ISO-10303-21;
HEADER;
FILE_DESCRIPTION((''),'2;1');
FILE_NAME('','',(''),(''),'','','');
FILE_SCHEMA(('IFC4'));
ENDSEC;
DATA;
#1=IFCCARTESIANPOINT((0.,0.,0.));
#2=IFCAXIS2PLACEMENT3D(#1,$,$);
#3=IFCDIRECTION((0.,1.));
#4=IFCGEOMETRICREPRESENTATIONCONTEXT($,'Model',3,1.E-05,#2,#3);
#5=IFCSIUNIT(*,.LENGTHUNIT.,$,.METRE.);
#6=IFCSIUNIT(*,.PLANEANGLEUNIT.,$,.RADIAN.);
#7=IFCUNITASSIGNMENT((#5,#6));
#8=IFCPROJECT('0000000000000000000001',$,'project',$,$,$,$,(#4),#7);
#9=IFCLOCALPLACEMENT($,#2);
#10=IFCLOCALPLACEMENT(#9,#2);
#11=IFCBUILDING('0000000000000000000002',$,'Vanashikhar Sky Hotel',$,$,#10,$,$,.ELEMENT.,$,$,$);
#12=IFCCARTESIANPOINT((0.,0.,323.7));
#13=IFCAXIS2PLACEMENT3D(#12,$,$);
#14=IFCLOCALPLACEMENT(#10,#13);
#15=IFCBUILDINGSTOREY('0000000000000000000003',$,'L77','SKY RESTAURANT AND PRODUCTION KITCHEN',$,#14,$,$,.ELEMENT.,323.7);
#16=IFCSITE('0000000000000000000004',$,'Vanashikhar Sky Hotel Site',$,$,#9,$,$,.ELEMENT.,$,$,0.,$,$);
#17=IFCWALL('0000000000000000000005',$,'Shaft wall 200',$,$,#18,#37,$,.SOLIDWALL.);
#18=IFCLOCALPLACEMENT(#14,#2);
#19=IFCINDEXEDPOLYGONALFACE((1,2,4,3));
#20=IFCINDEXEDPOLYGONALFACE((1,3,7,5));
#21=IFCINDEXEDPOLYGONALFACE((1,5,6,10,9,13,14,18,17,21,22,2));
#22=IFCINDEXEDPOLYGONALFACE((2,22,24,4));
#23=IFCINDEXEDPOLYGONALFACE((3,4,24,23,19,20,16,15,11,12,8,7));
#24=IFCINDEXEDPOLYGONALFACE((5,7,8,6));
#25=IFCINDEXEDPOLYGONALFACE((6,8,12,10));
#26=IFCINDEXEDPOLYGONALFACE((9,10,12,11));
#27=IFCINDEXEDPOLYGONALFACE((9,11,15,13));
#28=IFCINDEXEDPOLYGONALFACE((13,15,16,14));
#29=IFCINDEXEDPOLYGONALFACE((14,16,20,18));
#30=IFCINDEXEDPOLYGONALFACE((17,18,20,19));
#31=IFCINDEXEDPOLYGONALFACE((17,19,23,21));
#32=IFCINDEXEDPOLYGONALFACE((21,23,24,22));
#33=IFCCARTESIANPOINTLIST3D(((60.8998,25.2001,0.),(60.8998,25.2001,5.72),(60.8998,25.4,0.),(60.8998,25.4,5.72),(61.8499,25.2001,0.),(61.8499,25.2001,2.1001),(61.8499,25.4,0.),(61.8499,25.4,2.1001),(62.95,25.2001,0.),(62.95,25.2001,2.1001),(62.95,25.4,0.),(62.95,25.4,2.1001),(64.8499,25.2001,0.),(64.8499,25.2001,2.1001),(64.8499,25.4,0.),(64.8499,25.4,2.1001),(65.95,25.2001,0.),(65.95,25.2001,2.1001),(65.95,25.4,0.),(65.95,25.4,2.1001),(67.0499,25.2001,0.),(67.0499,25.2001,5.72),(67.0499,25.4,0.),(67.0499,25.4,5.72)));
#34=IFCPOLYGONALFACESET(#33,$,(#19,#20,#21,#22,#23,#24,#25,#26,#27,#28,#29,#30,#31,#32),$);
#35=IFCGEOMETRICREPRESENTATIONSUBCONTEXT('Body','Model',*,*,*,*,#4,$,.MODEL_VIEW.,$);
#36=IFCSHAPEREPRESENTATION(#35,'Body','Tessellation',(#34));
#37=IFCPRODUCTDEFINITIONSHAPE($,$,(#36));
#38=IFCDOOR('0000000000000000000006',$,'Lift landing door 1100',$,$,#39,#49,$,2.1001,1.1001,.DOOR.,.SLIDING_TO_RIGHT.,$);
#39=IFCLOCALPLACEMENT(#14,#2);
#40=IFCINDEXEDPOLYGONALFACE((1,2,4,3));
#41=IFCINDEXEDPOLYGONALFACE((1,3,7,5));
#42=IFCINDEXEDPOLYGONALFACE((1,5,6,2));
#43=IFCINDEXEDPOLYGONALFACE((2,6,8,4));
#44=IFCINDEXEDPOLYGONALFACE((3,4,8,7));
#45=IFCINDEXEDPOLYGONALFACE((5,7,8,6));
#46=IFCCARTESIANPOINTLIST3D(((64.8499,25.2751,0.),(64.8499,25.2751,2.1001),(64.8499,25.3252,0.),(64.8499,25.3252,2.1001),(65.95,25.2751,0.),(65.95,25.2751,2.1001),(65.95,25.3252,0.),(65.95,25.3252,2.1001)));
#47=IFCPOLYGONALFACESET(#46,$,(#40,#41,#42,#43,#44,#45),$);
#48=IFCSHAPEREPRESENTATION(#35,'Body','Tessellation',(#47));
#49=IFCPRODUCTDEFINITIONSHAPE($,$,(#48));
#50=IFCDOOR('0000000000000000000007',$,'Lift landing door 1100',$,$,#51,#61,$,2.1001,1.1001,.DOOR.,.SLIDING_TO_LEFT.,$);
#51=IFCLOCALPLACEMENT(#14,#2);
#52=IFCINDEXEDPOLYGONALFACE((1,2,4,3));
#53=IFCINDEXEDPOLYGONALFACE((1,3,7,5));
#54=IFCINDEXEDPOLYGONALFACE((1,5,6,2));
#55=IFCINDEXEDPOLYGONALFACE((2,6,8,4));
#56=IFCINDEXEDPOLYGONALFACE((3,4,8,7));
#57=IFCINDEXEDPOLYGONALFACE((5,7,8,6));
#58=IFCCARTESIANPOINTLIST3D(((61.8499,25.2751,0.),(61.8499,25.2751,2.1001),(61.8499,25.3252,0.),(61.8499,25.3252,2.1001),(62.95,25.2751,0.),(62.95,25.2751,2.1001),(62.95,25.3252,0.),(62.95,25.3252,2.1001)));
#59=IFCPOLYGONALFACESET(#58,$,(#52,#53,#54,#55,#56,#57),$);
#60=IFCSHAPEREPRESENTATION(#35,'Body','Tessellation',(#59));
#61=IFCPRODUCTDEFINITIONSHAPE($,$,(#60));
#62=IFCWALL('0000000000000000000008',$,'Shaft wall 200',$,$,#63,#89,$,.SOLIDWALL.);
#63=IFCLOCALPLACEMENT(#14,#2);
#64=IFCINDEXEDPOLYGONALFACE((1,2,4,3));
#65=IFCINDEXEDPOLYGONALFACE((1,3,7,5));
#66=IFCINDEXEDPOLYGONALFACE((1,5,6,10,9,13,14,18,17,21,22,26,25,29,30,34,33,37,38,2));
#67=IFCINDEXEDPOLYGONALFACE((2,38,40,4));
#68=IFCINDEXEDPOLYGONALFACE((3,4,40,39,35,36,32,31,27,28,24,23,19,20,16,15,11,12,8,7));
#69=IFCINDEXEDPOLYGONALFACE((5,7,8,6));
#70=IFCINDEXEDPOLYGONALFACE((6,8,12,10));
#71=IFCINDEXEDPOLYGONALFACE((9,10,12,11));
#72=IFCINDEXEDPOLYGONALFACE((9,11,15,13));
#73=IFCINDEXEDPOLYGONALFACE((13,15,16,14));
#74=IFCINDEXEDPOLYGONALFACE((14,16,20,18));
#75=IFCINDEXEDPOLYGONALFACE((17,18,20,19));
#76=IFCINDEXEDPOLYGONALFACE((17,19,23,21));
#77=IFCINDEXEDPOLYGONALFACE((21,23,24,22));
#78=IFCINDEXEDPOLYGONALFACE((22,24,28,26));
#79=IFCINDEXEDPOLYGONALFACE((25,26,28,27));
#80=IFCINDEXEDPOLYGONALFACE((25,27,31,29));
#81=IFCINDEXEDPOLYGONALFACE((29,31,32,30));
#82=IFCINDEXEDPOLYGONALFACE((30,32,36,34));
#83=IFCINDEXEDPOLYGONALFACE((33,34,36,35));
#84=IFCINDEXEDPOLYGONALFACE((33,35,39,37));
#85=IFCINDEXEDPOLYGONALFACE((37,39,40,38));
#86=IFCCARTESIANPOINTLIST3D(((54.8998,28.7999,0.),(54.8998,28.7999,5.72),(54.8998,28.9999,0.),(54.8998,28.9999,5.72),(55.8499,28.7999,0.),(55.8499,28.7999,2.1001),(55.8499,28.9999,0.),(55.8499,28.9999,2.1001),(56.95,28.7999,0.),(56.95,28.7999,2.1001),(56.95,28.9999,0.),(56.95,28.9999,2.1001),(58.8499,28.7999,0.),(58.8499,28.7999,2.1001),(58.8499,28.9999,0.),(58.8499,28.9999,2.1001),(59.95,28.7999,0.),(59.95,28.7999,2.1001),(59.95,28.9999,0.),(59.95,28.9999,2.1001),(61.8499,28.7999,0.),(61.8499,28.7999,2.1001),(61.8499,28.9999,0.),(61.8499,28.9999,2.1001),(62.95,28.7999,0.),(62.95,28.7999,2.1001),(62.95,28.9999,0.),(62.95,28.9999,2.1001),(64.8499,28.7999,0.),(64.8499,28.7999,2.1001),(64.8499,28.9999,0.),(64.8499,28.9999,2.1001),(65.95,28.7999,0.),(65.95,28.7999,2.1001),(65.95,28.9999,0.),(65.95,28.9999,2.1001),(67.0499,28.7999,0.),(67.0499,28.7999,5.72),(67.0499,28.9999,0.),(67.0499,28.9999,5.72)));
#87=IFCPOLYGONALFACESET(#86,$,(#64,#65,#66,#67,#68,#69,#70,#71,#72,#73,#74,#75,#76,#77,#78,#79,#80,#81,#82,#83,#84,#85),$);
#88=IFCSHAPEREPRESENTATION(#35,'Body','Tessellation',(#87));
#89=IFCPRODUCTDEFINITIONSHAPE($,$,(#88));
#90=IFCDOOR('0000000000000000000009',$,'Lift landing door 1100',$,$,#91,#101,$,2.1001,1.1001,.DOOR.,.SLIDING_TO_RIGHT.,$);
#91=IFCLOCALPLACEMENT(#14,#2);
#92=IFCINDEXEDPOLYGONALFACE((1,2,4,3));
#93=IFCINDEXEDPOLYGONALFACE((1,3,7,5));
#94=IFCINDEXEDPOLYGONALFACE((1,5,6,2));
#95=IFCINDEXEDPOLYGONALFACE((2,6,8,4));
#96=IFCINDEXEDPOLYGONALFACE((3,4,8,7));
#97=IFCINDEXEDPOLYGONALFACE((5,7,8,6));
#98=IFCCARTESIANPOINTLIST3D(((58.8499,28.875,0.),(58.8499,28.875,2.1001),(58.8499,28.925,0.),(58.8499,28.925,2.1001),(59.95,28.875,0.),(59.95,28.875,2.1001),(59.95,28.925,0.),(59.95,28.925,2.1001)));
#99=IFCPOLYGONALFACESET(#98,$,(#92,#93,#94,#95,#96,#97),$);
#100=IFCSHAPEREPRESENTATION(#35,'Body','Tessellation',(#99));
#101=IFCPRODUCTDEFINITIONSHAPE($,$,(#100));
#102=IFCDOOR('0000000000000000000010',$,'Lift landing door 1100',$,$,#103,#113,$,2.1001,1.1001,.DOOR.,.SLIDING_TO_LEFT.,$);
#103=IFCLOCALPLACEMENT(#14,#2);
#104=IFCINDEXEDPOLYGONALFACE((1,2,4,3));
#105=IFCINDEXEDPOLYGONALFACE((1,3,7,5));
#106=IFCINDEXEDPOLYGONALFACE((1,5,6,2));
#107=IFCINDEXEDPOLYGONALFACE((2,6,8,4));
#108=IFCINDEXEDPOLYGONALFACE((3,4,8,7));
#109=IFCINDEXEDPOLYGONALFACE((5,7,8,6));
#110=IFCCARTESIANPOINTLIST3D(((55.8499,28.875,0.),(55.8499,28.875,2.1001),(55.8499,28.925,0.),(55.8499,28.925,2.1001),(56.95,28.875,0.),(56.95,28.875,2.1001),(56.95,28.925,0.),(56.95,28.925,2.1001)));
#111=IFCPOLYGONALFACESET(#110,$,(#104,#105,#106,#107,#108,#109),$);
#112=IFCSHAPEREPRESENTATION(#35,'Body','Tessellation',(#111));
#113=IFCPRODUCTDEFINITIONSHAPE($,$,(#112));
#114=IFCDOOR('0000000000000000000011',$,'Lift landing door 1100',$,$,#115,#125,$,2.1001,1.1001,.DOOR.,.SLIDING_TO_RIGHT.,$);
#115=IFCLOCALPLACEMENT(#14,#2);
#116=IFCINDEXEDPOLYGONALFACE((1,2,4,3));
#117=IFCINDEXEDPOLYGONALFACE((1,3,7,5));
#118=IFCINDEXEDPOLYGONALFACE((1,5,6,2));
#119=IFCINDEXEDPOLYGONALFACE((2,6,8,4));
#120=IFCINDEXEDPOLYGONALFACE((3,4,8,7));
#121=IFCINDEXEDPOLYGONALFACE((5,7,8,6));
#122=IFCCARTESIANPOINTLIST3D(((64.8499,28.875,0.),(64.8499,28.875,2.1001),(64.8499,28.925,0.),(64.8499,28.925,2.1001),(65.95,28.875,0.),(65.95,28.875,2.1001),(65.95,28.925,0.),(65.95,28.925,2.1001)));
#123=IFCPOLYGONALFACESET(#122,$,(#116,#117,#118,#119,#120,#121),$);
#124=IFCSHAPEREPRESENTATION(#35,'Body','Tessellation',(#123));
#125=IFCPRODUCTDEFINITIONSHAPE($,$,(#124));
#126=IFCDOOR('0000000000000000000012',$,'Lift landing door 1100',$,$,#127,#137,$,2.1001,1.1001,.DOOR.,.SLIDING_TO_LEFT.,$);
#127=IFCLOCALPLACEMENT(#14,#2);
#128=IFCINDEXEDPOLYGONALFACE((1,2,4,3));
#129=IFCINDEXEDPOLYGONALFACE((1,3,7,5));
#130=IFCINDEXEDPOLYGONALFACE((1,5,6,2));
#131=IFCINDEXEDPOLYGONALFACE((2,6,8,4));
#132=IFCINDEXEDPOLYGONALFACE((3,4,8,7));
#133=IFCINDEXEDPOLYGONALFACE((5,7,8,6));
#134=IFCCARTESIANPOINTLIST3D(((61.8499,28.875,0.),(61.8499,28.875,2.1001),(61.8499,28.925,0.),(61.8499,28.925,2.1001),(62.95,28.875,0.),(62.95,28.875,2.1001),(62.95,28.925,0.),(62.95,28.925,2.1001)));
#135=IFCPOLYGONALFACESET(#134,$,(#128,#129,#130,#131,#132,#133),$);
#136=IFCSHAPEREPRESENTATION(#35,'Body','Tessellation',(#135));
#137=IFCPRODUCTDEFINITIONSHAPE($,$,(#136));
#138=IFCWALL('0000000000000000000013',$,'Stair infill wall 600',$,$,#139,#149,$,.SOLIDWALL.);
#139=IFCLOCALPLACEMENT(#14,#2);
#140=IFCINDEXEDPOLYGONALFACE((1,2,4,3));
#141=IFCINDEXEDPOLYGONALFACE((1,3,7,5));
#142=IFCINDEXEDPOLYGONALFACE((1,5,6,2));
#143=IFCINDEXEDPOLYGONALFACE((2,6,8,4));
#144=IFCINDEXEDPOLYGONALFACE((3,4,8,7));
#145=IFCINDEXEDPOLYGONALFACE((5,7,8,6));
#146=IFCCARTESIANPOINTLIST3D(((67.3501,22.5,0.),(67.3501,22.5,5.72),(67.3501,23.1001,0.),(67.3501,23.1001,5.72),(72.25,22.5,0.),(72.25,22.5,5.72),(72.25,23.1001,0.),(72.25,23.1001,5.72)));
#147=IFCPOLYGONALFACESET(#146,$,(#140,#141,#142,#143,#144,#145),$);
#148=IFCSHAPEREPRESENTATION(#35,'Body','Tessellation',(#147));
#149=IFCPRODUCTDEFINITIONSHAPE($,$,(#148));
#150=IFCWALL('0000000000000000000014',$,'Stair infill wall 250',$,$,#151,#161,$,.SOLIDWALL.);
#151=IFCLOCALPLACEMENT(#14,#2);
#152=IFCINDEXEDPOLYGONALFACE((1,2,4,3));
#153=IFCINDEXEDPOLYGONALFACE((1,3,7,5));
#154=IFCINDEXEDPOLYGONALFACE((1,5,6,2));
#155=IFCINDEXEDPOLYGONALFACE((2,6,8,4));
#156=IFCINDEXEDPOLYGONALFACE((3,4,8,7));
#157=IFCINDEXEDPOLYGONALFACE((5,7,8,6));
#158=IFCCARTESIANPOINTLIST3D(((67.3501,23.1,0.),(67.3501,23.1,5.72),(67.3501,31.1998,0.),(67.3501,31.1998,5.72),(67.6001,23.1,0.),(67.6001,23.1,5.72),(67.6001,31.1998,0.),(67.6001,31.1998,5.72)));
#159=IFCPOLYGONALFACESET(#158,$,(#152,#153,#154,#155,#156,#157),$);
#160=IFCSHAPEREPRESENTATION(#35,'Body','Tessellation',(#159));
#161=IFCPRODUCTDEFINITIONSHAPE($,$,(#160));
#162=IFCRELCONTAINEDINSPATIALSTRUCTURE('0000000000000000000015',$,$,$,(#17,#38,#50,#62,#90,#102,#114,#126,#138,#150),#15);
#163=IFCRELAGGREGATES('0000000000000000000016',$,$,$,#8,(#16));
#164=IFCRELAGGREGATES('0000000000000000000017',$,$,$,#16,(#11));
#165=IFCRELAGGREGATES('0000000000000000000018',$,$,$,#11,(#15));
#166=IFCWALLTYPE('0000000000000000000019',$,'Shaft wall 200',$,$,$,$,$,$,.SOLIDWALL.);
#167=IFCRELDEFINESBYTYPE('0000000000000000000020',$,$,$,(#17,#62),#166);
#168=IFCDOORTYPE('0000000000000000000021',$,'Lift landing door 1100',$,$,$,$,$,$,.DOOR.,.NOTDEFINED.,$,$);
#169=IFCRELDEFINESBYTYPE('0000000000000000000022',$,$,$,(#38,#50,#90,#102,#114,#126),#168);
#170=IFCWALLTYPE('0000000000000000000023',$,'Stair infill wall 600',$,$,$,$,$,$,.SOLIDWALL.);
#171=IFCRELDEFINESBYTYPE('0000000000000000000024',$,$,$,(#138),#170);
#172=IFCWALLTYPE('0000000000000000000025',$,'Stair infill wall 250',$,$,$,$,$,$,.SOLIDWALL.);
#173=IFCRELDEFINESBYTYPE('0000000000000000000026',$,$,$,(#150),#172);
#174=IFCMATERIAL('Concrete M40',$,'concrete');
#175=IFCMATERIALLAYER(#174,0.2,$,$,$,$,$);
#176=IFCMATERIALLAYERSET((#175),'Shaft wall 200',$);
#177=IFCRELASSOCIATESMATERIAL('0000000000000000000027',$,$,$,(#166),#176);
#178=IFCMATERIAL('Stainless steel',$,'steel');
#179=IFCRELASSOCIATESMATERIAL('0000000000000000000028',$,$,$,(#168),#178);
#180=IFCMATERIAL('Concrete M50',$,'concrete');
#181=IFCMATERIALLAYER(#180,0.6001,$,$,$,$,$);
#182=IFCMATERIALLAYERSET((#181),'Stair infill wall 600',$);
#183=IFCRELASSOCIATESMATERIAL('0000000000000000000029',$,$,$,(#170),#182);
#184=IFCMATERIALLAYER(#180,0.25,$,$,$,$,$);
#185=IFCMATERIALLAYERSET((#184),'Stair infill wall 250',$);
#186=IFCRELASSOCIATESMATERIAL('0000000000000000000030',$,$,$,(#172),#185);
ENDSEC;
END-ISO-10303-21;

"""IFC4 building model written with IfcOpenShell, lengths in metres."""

from ifc_helpers import new_model, si_unit, direction, frame, frame_2d, origin, place, context, subcontext, project, spatial, rectangle, extrude, source, transform, mapped, material, layer, layer_set, type_object, element, fill, save


model = new_model("IFC4")

# Units and contexts
model_context = context("Model", 3, precision=1e-05, world=origin(), true_north=direction((0.0, 1.0)))
body_context = subcontext(model_context, "Body", "Model", "MODEL_VIEW")
ifc_project = project(units=[si_unit("LENGTHUNIT", "METRE"), si_unit("PLANEANGLEUNIT", "RADIAN")], contexts=[model_context])

# Site, building, storey
site_placement = place(None, origin())
site = spatial("IfcSite", under=ifc_project, at=site_placement, Name="Vanashikhar Sky Hotel Site", CompositionType="ELEMENT", RefElevation=0.0)
building_placement = place(site_placement, origin())
building = spatial("IfcBuilding", under=site, at=building_placement, Name="Vanashikhar Sky Hotel", CompositionType="ELEMENT")
storey_placement = place(building_placement, frame((0.0, 0.0, 323.7)))
storey = spatial("IfcBuildingStorey", under=building, at=storey_placement, Name="L77", Description="SKY RESTAURANT AND PRODUCTION KITCHEN", CompositionType="ELEMENT", Elevation=323.7)

# Shared definitions
ifc_material_1 = material(Name="Concrete M50", Category="concrete")

# Shared definitions
shared_shape_1 = source(origin(), body_context, "Body", "SweptSolid", [
    extrude(rectangle(XDim=1.1001, YDim=2.1001, at=frame_2d((0.55, 1.05))), frame((0.0, 0.0249, 0.0), z_axis=(0.0, -1.0, 0.0), x_axis=(1.0, 0.0, 0.0)), (0.0, 0.0, 1.0), 0.05),
])

# Shared definitions
ifc_material_2 = material(Name="Concrete M40", Category="concrete")
ifc_layer_1 = layer(ifc_material_2, 0.2)
ifc_layer_set_1 = layer_set([ifc_layer_1], Name="Shaft wall 200")
wall_type_1 = type_object("IfcWallType", Name="Shaft wall 200", PredefinedType="SOLIDWALL", material=ifc_layer_set_1)
shared_shape_2 = source(origin(), body_context, "Body", "SweptSolid", [
    extrude(rectangle(XDim=1.1001, YDim=2.1001, at=frame_2d((0.55, 1.05))), frame((0.0, 0.1099, 0.0), z_axis=(0.0, -1.0, 0.0), x_axis=(1.0, 0.0, 0.0)), (0.0, 0.0, 1.0), 0.22),
])
ifc_material_3 = material(Name="Stainless steel", Category="steel")
door_type_1 = type_object("IfcDoorType", Name="Lift landing door 1100", OperationType="NOTDEFINED", PredefinedType="DOOR", material=ifc_material_3)

# Walls, openings, doors
shared_shape_3 = source(origin(), body_context, "Body", "SweptSolid", [
    extrude(rectangle(XDim=6.1501, YDim=0.2, at=frame_2d((3.0752, 0.0))), origin(), (0.0, 0.0, 1.0), 5.72),
])
wall_1_placement = place(storey_placement, frame((67.05, 25.3, 0.0), z_axis=(0.0, 0.0, 1.0), x_axis=(-1.0, 0.0, 0.0)))
wall_1 = element("IfcWall", 1, at=wall_1_placement, inside=storey, type_object=wall_type_1, Name="Shaft wall 200", PredefinedType="SOLIDWALL", context=body_context, shape_type="MappedRepresentation", body=[
    mapped(shared_shape_3, transform((0.0, 0.0, 0.0), scale=1.0)),
])
opening_1_placement = place(wall_1_placement, frame((1.1001, 0.0, 0.0)))
opening_1 = element("IfcOpeningElement", 2, at=opening_1_placement, cuts=wall_1, PredefinedType="OPENING", context=body_context, shape_type="MappedRepresentation", body=[
    mapped(shared_shape_2, transform((0.0, 0.0, 0.0), scale=1.0)),
])
opening_2_placement = place(wall_1_placement, frame((4.1001, 0.0, 0.0)))
opening_2 = element("IfcOpeningElement", 3, at=opening_2_placement, cuts=wall_1, PredefinedType="OPENING", context=body_context, shape_type="MappedRepresentation", body=[
    mapped(shared_shape_2, transform((0.0, 0.0, 0.0), scale=1.0)),
])
door_1_placement = place(opening_1_placement, origin())
door_1 = element("IfcDoor", 4, at=door_1_placement, inside=storey, type_object=door_type_1, Name="Lift landing door 1100", OperationType="SLIDING_TO_RIGHT", OverallHeight=2.1001, OverallWidth=1.1001, PredefinedType="DOOR", context=body_context, shape_type="MappedRepresentation", body=[
    mapped(shared_shape_1, transform((0.0, 0.0, 0.0), scale=1.0)),
])
fill(opening_1, door_1)
door_2_placement = place(opening_2_placement, origin())
door_2 = element("IfcDoor", 5, at=door_2_placement, inside=storey, type_object=door_type_1, Name="Lift landing door 1100", OperationType="SLIDING_TO_LEFT", OverallHeight=2.1001, OverallWidth=1.1001, PredefinedType="DOOR", context=body_context, shape_type="MappedRepresentation", body=[
    mapped(shared_shape_1, transform((0.0, 0.0, 0.0), scale=1.0)),
])
fill(opening_2, door_2)
shared_shape_4 = source(origin(), body_context, "Body", "SweptSolid", [
    extrude(rectangle(XDim=12.1501, YDim=0.2, at=frame_2d((6.0752, 0.0))), origin(), (0.0, 0.0, 1.0), 5.72),
])
wall_2_placement = place(storey_placement, frame((67.05, 28.8999, 0.0), z_axis=(0.0, 0.0, 1.0), x_axis=(-1.0, 0.0, 0.0)))
wall_2 = element("IfcWall", 6, at=wall_2_placement, inside=storey, type_object=wall_type_1, Name="Shaft wall 200", PredefinedType="SOLIDWALL", context=body_context, shape_type="MappedRepresentation", body=[
    mapped(shared_shape_4, transform((0.0, 0.0, 0.0), scale=1.0)),
])
opening_3_placement = place(wall_2_placement, frame((7.1001, 0.0, 0.0)))
opening_3 = element("IfcOpeningElement", 7, at=opening_3_placement, cuts=wall_2, PredefinedType="OPENING", context=body_context, shape_type="MappedRepresentation", body=[
    mapped(shared_shape_2, transform((0.0, 0.0, 0.0), scale=1.0)),
])
opening_4_placement = place(wall_2_placement, frame((10.1001, 0.0, 0.0)))
opening_4 = element("IfcOpeningElement", 8, at=opening_4_placement, cuts=wall_2, PredefinedType="OPENING", context=body_context, shape_type="MappedRepresentation", body=[
    mapped(shared_shape_2, transform((0.0, 0.0, 0.0), scale=1.0)),
])
opening_5_placement = place(wall_2_placement, frame((1.1001, 0.0, 0.0)))
opening_5 = element("IfcOpeningElement", 9, at=opening_5_placement, cuts=wall_2, PredefinedType="OPENING", context=body_context, shape_type="MappedRepresentation", body=[
    mapped(shared_shape_2, transform((0.0, 0.0, 0.0), scale=1.0)),
])
opening_6_placement = place(wall_2_placement, frame((4.1001, 0.0, 0.0)))
opening_6 = element("IfcOpeningElement", 10, at=opening_6_placement, cuts=wall_2, PredefinedType="OPENING", context=body_context, shape_type="MappedRepresentation", body=[
    mapped(shared_shape_2, transform((0.0, 0.0, 0.0), scale=1.0)),
])
door_3_placement = place(opening_3_placement, origin())
door_3 = element("IfcDoor", 11, at=door_3_placement, inside=storey, type_object=door_type_1, Name="Lift landing door 1100", OperationType="SLIDING_TO_RIGHT", OverallHeight=2.1001, OverallWidth=1.1001, PredefinedType="DOOR", context=body_context, shape_type="MappedRepresentation", body=[
    mapped(shared_shape_1, transform((0.0, 0.0, 0.0), scale=1.0)),
])
fill(opening_3, door_3)
door_4_placement = place(opening_4_placement, origin())
door_4 = element("IfcDoor", 12, at=door_4_placement, inside=storey, type_object=door_type_1, Name="Lift landing door 1100", OperationType="SLIDING_TO_LEFT", OverallHeight=2.1001, OverallWidth=1.1001, PredefinedType="DOOR", context=body_context, shape_type="MappedRepresentation", body=[
    mapped(shared_shape_1, transform((0.0, 0.0, 0.0), scale=1.0)),
])
fill(opening_4, door_4)
door_5_placement = place(opening_5_placement, origin())
door_5 = element("IfcDoor", 13, at=door_5_placement, inside=storey, type_object=door_type_1, Name="Lift landing door 1100", OperationType="SLIDING_TO_RIGHT", OverallHeight=2.1001, OverallWidth=1.1001, PredefinedType="DOOR", context=body_context, shape_type="MappedRepresentation", body=[
    mapped(shared_shape_1, transform((0.0, 0.0, 0.0), scale=1.0)),
])
fill(opening_5, door_5)
door_6_placement = place(opening_6_placement, origin())
door_6 = element("IfcDoor", 14, at=door_6_placement, inside=storey, type_object=door_type_1, Name="Lift landing door 1100", OperationType="SLIDING_TO_LEFT", OverallHeight=2.1001, OverallWidth=1.1001, PredefinedType="DOOR", context=body_context, shape_type="MappedRepresentation", body=[
    mapped(shared_shape_1, transform((0.0, 0.0, 0.0), scale=1.0)),
])
fill(opening_6, door_6)

# Walls
ifc_layer_2 = layer(ifc_material_1, 0.6001)
ifc_layer_set_2 = layer_set([ifc_layer_2], Name="Stair infill wall 600")
wall_type_2 = type_object("IfcWallType", Name="Stair infill wall 600", PredefinedType="SOLIDWALL", material=ifc_layer_set_2)
shared_shape_5 = source(origin(), body_context, "Body", "SweptSolid", [
    extrude(rectangle(XDim=4.8999, YDim=0.6001, at=frame_2d((2.45, 0.0))), origin(), (0.0, 0.0, 1.0), 5.72),
])
wall_3_placement = place(storey_placement, frame((67.3501, 22.8, 0.0), z_axis=(0.0, 0.0, 1.0), x_axis=(1.0, 0.0, 0.0)))
element("IfcWall", 15, at=wall_3_placement, inside=storey, type_object=wall_type_2, Name="Stair infill wall 600", PredefinedType="SOLIDWALL", context=body_context, shape_type="MappedRepresentation", body=[
    mapped(shared_shape_5, transform((0.0, 0.0, 0.0), scale=1.0)),
])
ifc_layer_3 = layer(ifc_material_1, 0.25)
ifc_layer_set_3 = layer_set([ifc_layer_3], Name="Stair infill wall 250")
wall_type_3 = type_object("IfcWallType", Name="Stair infill wall 250", PredefinedType="SOLIDWALL", material=ifc_layer_set_3)
shared_shape_6 = source(origin(), body_context, "Body", "SweptSolid", [
    extrude(rectangle(XDim=8.0999, YDim=0.25, at=frame_2d((4.0498, 0.0))), origin(), (0.0, 0.0, 1.0), 5.72),
])
wall_4_placement = place(storey_placement, frame((67.4751, 23.1001, 0.0), z_axis=(0.0, 0.0, 1.0), x_axis=(0.0, 1.0, 0.0)))
element("IfcWall", 16, at=wall_4_placement, inside=storey, type_object=wall_type_3, Name="Stair infill wall 250", PredefinedType="SOLIDWALL", context=body_context, shape_type="MappedRepresentation", body=[
    mapped(shared_shape_6, transform((0.0, 0.0, 0.0), scale=1.0)),
])

save(model, "model.ifc")
